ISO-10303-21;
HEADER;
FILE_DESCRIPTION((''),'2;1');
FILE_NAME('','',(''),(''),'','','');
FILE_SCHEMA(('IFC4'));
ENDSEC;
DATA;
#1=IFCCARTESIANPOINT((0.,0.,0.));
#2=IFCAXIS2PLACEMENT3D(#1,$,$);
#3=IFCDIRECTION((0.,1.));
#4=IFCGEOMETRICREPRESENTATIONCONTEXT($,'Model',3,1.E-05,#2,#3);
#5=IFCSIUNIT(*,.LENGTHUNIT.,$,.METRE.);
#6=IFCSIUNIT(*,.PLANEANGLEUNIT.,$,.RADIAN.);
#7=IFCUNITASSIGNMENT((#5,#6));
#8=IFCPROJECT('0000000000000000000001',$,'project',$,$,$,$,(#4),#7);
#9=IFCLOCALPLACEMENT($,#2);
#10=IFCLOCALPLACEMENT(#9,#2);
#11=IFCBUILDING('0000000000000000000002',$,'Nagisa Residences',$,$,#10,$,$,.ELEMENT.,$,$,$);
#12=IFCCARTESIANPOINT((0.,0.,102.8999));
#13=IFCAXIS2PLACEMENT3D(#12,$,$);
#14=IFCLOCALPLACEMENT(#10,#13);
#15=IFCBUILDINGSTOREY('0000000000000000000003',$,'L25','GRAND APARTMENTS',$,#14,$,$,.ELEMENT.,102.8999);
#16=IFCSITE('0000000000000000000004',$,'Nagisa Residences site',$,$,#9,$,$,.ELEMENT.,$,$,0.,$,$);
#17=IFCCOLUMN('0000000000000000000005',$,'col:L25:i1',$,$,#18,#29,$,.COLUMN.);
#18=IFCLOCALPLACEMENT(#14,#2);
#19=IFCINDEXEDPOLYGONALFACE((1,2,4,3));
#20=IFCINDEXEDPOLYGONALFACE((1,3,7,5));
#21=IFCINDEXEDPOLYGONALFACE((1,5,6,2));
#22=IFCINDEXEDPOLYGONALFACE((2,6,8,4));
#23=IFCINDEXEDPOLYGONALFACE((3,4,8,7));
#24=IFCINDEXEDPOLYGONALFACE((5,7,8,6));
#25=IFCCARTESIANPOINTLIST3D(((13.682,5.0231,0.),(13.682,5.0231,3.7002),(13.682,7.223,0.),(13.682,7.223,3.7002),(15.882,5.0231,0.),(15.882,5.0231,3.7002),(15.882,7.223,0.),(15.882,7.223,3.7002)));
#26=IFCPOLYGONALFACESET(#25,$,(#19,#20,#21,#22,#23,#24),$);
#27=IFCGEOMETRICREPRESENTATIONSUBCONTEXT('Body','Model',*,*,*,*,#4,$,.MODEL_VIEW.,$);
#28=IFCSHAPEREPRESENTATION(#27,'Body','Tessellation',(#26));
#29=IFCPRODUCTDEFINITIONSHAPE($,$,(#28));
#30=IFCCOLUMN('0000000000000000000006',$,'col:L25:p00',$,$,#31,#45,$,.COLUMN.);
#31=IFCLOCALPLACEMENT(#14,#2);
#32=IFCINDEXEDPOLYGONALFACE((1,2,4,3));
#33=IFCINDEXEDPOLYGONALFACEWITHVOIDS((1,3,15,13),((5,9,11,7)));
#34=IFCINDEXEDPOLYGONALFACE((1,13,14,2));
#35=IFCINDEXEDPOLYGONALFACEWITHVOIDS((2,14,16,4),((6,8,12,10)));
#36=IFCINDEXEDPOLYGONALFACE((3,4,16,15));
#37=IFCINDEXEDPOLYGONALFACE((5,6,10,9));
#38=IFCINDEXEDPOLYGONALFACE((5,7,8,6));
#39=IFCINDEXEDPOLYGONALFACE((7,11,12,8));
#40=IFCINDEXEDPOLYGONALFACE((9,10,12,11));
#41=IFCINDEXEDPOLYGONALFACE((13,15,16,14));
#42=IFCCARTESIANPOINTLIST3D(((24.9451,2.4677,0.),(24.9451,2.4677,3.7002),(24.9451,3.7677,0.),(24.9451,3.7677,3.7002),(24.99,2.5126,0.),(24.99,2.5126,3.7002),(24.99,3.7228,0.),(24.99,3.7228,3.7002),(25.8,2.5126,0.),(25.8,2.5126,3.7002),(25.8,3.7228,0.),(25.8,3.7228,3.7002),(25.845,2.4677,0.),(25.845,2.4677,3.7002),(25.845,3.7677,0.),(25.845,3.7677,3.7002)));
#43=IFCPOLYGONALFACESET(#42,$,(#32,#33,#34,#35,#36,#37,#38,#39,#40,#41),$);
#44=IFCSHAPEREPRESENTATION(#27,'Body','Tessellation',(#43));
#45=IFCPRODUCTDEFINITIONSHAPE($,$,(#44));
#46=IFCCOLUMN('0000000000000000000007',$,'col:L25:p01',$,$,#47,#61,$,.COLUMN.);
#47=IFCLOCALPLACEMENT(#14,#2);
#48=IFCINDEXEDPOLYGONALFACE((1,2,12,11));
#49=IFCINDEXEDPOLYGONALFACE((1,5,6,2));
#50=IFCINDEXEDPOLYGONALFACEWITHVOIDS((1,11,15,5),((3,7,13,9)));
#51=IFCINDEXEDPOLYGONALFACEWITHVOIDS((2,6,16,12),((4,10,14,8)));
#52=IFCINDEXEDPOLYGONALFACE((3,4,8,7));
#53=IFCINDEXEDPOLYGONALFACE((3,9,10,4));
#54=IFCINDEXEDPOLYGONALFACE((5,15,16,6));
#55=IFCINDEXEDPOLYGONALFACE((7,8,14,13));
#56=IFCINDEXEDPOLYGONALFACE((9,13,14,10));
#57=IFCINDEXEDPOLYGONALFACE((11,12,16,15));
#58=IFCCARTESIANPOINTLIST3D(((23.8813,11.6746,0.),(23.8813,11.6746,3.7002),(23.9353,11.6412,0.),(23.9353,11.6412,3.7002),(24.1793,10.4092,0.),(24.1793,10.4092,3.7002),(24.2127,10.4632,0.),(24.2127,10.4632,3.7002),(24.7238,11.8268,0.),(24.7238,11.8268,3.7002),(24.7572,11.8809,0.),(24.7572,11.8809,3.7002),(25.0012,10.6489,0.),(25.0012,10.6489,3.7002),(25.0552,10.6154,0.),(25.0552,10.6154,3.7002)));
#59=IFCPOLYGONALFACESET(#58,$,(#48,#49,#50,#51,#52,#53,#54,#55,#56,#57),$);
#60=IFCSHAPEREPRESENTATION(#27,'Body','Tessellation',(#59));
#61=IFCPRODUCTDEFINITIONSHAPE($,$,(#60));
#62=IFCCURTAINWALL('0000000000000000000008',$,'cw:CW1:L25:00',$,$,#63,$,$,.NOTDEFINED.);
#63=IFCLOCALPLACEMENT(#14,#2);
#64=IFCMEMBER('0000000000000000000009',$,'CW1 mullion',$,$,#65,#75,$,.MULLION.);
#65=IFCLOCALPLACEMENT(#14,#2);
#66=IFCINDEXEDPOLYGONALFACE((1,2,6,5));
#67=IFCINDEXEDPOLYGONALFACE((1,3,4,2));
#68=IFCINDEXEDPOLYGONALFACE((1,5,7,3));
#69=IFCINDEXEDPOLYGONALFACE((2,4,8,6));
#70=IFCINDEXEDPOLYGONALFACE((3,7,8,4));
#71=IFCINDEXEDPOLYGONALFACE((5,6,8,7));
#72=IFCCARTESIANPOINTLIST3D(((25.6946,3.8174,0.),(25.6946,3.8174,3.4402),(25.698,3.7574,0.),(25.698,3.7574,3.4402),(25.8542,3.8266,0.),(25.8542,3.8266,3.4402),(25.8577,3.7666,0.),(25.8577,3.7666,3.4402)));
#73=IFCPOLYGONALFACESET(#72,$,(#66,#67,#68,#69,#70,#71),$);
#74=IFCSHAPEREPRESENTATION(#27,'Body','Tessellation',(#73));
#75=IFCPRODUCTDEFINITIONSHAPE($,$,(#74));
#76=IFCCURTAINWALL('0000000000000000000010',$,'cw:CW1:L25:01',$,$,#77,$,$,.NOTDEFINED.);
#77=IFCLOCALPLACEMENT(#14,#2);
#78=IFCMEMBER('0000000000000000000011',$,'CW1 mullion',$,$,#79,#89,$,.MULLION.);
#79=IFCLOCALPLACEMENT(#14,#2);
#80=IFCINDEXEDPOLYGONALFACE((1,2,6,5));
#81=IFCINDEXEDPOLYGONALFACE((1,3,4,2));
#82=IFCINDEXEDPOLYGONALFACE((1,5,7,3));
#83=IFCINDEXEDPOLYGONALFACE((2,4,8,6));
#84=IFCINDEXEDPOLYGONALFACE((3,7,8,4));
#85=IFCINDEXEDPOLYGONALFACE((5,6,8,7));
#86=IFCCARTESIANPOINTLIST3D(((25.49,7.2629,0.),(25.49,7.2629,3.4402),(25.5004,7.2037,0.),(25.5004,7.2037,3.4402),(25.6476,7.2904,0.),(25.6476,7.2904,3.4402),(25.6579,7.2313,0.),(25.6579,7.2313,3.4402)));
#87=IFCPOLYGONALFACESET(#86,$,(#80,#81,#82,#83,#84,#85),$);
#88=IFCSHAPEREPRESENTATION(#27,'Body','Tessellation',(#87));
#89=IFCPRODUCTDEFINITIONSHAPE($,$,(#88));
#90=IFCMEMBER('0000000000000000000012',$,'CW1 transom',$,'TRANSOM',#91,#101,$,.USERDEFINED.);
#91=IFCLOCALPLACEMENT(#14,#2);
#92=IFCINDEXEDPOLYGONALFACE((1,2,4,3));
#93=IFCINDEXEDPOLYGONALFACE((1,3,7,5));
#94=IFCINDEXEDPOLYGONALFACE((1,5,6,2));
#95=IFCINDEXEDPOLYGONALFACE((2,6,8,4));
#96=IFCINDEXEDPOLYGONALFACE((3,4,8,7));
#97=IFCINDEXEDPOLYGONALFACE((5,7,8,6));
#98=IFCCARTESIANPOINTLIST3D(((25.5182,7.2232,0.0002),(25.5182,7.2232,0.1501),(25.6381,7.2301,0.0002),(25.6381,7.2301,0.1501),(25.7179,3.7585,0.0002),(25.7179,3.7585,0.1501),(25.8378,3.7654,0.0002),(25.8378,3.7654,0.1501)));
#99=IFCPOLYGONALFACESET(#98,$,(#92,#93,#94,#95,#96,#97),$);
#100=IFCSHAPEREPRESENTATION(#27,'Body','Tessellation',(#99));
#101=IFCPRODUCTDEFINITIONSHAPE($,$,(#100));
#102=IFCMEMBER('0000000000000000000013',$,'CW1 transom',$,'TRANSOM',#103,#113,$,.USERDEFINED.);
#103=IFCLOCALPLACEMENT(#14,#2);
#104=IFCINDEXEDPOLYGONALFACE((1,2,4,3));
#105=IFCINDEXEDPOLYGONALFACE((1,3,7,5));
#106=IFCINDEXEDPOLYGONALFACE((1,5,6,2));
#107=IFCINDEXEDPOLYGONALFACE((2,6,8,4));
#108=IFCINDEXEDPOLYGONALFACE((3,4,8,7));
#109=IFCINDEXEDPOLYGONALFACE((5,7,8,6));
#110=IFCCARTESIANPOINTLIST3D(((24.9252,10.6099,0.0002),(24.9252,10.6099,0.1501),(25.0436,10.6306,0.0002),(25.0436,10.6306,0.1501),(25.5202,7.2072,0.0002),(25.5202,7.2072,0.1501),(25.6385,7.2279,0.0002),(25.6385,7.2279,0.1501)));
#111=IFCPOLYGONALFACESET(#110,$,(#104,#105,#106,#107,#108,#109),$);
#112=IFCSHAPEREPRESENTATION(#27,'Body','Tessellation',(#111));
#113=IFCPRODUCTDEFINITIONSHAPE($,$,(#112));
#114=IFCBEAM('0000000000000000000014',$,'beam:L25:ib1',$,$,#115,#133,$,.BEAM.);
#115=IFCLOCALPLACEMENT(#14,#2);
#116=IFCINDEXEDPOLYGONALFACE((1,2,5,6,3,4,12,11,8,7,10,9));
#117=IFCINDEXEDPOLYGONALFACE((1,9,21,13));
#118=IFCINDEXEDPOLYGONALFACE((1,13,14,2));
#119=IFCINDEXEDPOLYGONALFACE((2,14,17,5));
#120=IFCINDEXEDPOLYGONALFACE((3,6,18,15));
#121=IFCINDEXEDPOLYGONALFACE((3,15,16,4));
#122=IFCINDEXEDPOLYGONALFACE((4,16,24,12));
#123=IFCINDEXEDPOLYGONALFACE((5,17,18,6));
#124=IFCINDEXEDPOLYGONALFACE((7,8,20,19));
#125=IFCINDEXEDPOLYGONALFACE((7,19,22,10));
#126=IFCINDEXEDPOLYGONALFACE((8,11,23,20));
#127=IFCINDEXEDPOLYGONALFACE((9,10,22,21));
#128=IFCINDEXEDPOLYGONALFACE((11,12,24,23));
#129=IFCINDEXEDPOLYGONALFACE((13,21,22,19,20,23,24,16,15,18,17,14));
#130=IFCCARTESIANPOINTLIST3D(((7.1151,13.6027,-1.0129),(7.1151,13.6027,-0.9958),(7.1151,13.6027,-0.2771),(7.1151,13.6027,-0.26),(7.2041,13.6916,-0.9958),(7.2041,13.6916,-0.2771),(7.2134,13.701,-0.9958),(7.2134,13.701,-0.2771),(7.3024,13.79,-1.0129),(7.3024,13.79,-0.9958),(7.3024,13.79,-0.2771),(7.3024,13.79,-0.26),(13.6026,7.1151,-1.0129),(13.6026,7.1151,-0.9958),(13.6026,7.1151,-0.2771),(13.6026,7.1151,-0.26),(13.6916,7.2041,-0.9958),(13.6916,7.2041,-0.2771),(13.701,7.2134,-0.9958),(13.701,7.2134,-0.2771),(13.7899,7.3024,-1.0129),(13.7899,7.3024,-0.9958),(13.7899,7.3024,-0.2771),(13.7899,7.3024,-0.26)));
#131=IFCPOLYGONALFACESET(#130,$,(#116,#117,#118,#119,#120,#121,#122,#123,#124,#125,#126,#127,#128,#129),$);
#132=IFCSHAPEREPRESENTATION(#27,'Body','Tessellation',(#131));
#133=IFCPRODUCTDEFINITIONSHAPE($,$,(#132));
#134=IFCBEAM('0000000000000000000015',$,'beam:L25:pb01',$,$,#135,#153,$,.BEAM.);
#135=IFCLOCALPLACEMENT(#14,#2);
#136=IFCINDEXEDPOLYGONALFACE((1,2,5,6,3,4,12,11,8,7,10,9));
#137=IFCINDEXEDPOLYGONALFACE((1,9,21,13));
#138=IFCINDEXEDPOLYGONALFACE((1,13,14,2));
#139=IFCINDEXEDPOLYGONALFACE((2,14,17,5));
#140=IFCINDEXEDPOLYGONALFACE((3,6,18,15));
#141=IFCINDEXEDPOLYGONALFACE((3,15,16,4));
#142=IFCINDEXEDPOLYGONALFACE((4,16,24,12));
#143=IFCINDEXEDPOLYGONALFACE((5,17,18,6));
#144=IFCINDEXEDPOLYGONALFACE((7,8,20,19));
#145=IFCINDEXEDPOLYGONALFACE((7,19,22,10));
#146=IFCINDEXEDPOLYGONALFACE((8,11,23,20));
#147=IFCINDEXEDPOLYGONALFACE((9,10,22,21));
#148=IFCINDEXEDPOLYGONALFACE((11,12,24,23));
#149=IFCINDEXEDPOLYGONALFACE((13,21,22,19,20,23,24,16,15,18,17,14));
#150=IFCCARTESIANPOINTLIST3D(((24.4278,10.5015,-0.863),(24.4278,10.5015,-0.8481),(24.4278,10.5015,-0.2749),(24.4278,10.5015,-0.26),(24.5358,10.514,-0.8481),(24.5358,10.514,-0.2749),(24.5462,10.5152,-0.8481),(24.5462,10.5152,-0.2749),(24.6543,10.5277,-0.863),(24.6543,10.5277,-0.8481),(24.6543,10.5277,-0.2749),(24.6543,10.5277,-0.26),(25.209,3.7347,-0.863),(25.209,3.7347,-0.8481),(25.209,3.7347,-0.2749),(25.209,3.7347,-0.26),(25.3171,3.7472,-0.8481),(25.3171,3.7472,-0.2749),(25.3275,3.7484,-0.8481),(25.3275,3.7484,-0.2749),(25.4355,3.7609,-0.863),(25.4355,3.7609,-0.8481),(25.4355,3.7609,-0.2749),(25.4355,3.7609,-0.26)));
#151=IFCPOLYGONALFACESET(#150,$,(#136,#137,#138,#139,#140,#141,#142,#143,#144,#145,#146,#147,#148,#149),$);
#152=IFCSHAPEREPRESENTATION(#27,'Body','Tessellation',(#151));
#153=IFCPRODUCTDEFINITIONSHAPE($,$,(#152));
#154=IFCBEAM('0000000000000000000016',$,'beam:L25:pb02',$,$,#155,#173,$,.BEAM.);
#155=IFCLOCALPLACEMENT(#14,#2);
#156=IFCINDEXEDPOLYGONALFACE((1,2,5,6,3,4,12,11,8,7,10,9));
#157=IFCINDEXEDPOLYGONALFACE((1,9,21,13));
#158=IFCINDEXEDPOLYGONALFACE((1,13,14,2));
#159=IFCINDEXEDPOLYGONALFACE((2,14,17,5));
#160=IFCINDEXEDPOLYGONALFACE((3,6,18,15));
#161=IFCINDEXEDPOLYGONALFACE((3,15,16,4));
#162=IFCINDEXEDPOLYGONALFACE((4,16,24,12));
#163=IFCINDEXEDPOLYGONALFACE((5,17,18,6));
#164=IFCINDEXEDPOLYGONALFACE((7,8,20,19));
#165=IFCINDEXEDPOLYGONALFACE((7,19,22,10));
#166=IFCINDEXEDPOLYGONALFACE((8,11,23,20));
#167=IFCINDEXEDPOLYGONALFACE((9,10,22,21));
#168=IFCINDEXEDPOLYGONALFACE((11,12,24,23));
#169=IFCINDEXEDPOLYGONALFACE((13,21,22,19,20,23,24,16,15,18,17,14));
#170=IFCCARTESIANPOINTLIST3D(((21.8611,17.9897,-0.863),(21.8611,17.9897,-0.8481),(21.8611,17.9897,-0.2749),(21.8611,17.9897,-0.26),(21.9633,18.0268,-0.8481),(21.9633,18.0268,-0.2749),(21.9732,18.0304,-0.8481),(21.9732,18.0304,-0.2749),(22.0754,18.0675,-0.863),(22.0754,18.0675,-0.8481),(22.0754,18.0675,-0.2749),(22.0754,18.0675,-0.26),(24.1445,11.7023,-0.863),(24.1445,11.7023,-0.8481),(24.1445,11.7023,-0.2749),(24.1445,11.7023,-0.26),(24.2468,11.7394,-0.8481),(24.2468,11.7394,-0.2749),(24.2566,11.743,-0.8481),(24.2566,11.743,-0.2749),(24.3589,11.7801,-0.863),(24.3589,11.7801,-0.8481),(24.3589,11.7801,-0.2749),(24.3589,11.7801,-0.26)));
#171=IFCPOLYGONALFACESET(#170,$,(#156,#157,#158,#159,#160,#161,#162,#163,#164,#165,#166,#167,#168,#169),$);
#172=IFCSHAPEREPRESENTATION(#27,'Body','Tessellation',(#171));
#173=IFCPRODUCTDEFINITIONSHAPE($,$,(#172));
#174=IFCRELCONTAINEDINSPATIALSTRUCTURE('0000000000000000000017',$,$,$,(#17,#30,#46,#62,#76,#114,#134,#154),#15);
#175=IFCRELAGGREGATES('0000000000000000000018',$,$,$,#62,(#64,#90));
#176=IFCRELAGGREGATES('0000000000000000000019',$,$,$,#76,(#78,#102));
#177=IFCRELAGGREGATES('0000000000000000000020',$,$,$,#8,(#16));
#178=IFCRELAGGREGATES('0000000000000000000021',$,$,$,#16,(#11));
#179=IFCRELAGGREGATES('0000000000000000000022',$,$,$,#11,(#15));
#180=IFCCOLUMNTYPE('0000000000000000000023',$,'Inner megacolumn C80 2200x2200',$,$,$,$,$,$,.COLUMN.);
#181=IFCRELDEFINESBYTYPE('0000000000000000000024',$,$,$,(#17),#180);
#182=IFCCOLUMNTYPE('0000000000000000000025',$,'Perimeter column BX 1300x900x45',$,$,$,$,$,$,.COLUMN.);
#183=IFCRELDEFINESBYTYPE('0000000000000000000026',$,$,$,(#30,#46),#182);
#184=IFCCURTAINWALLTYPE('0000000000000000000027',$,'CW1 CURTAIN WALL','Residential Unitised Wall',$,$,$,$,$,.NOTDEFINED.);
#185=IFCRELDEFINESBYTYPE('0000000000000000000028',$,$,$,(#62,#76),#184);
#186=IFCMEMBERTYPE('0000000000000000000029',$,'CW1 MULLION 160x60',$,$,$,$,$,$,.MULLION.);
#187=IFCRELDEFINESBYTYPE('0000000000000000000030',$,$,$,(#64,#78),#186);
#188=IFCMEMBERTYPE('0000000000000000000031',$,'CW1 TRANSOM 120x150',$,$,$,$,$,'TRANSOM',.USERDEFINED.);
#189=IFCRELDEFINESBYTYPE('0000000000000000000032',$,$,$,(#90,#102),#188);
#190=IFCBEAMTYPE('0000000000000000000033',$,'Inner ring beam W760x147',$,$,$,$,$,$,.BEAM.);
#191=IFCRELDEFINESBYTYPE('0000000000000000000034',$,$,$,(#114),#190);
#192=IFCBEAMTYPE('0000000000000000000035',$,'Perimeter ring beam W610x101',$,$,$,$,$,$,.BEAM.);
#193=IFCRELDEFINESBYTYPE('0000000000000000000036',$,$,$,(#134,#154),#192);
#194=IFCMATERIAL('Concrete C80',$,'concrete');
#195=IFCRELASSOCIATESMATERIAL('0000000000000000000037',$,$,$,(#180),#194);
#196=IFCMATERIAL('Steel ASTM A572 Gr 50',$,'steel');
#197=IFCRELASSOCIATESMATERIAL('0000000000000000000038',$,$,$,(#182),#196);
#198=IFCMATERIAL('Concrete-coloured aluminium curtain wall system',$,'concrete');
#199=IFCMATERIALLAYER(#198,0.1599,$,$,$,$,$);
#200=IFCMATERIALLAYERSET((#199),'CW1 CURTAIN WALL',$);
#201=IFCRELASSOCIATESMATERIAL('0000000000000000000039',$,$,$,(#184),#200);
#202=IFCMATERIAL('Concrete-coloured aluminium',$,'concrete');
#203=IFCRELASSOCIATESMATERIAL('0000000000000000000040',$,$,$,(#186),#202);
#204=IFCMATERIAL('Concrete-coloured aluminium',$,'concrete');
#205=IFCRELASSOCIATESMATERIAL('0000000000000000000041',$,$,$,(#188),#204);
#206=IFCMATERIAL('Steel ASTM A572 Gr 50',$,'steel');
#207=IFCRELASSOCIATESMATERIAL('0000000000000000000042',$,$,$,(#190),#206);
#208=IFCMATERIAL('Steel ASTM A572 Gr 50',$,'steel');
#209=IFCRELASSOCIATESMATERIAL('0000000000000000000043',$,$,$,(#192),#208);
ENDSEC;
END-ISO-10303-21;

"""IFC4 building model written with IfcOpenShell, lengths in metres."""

from ifc_helpers import new_model, si_unit, direction, frame, origin, origin_2d, place, context, subcontext, project, spatial, rectangle, hollow_rectangle, i_section, extrude, material, layer, layer_set, material_profile, profile_set, type_object, element, aggregate, save


model = new_model("IFC4")

# Units and contexts
model_context = context("Model", 3, precision=1e-05, world=origin(), true_north=direction((0.0, 1.0)))
body_context = subcontext(model_context, "Body", "Model", "MODEL_VIEW")
ifc_project = project(units=[si_unit("LENGTHUNIT", "METRE"), si_unit("PLANEANGLEUNIT", "RADIAN")], contexts=[model_context])

# Site, building, storey
site_placement = place(None, origin())
site = spatial("IfcSite", under=ifc_project, at=site_placement, Name="Nagisa Residences site", CompositionType="ELEMENT", RefElevation=0.0)
building_placement = place(site_placement, origin())
building = spatial("IfcBuilding", under=site, at=building_placement, Name="Nagisa Residences", CompositionType="ELEMENT")
storey_placement = place(building_placement, frame((0.0, 0.0, 102.8999)))
storey = spatial("IfcBuildingStorey", under=building, at=storey_placement, Name="L25", Description="GRAND APARTMENTS", CompositionType="ELEMENT", Elevation=102.8999)

# Columns
ifc_material_1 = material(Name="Concrete C80", Category="concrete")
ifc_material_profile_1 = material_profile(ifc_material_1, rectangle(XDim=2.2, YDim=2.2, at=origin_2d()), Name="C80 2200x2200")
ifc_profile_set_1 = profile_set([ifc_material_profile_1], Name="Concrete C80")
column_type_1 = type_object("IfcColumnType", Name="Inner megacolumn C80 2200x2200", PredefinedType="COLUMN", material=ifc_profile_set_1)
column_placement = place(storey_placement, frame((14.782, 6.123, 0.0), z_axis=(0.0, 0.0, 1.0), x_axis=(1.0, 0.0, 0.0)))
element("IfcColumn", 1, at=column_placement, inside=storey, type_object=column_type_1, Name="col:L25:i1", PredefinedType="COLUMN", context=body_context, shape_type="SweptSolid", body=[
    extrude(rectangle(XDim=2.2, YDim=2.2, at=origin_2d()), origin(), (0.0, 0.0, 1.0), 3.7002),
])
ifc_material_2 = material(Name="Steel ASTM A572 Gr 50", Category="steel")
ifc_material_profile_2 = material_profile(ifc_material_2, hollow_rectangle(XDim=1.3, YDim=0.8999, WallThickness=0.0449, at=origin_2d()), Name="BX 1300x900x45")
ifc_profile_set_2 = profile_set([ifc_material_profile_2], Name="Steel ASTM A572 Gr 50")
column_type_2 = type_object("IfcColumnType", Name="Perimeter column BX 1300x900x45", PredefinedType="COLUMN", material=ifc_profile_set_2)
for number, where, z_axis, x_axis, name in (
    (2, (25.395, 3.1177, 0.0), (0.0, 0.0, 1.0), (0.0, 1.0, 0.0), "col:L25:p00"),
    (3, (24.4683, 11.145, 0.0), (0.0, 0.0, 1.0), (-0.229202, 0.973379, 0.0), "col:L25:p01"),
):
    element("IfcColumn", number, at=place(storey_placement, frame(where, z_axis=z_axis, x_axis=x_axis)), inside=storey, type_object=column_type_2, Name=name, PredefinedType="COLUMN", context=body_context, shape_type="SweptSolid", body=[
        extrude(hollow_rectangle(XDim=1.3, YDim=0.8999, WallThickness=0.0449, at=origin_2d()), origin(), (0.0, 0.0, 1.0), 3.7002),
    ])

# Curtain walls, members
ifc_material_3 = material(Name="Concrete-coloured aluminium curtain wall system", Category="concrete")
ifc_layer_1 = layer(ifc_material_3, 0.1599)
ifc_layer_set_1 = layer_set([ifc_layer_1], Name="CW1 CURTAIN WALL")
curtain_wall_type = type_object("IfcCurtainWallType", Name="CW1 CURTAIN WALL", Description="Residential Unitised Wall", PredefinedType="NOTDEFINED", material=ifc_layer_set_1)
curtain_wall_1_placement = place(storey_placement, origin())
curtain_wall_1 = element("IfcCurtainWall", 4, at=curtain_wall_1_placement, inside=storey, type_object=curtain_wall_type, Name="cw:CW1:L25:00", PredefinedType="NOTDEFINED")
ifc_material_4 = material(Name="Concrete-coloured aluminium", Category="concrete")
ifc_material_profile_3 = material_profile(ifc_material_4, rectangle(XDim=0.1599, YDim=0.0601, at=origin_2d()), Name="CW1 MULLION 160x60")
ifc_profile_set_3 = profile_set([ifc_material_profile_3], Name="Concrete-coloured aluminium")
member_type_1 = type_object("IfcMemberType", Name="CW1 MULLION 160x60", PredefinedType="MULLION", material=ifc_profile_set_3)
member_1_placement = place(storey_placement, frame((25.7761, 3.792, 0.0), z_axis=(0.0, 0.0, 1.0), x_axis=(-0.998345, -0.057503, 0.0)))
member_1 = element("IfcMember", 5, at=member_1_placement, type_object=member_type_1, Name="CW1 mullion", PredefinedType="MULLION", context=body_context, shape_type="SweptSolid", body=[
    extrude(rectangle(XDim=0.1599, YDim=0.0601, at=origin_2d()), origin(), (0.0, 0.0, 1.0), 3.4402),
])
curtain_wall_2_placement = place(storey_placement, origin())
curtain_wall_2 = element("IfcCurtainWall", 6, at=curtain_wall_2_placement, inside=storey, type_object=curtain_wall_type, Name="cw:CW1:L25:01", PredefinedType="NOTDEFINED")
member_2_placement = place(storey_placement, frame((25.574, 7.2471, 0.0), z_axis=(0.0, 0.0, 1.0), x_axis=(-0.985064, -0.172191, 0.0)))
member_2 = element("IfcMember", 7, at=member_2_placement, type_object=member_type_1, Name="CW1 mullion", PredefinedType="MULLION", context=body_context, shape_type="SweptSolid", body=[
    extrude(rectangle(XDim=0.1599, YDim=0.0601, at=origin_2d()), origin(), (0.0, 0.0, 1.0), 3.4402),
])

# Members
ifc_material_5 = material(Name="Concrete-coloured aluminium", Category="concrete")
ifc_material_profile_4 = material_profile(ifc_material_5, rectangle(XDim=0.1201, YDim=0.1499, at=origin_2d()), Name="CW1 TRANSOM 120x150")
ifc_profile_set_4 = profile_set([ifc_material_profile_4], Name="Concrete-coloured aluminium")
member_type_2 = type_object("IfcMemberType", Name="CW1 TRANSOM 120x150", ElementType="TRANSOM", PredefinedType="USERDEFINED", material=ifc_profile_set_4)
member_3_placement = place(storey_placement, frame((25.7778, 3.762, 0.0752), z_axis=(-0.057547, 0.998343, 0.0), x_axis=(-0.998343, -0.057547, 0.0)))
member_3 = element("IfcMember", 8, at=member_3_placement, type_object=member_type_2, Name="CW1 transom", ObjectType="TRANSOM", PredefinedType="USERDEFINED", context=body_context, shape_type="SweptSolid", body=[
    extrude(rectangle(XDim=0.1201, YDim=0.1499, at=origin_2d()), origin(), (0.0, 0.0, 1.0), 3.4705),
])
member_4_placement = place(storey_placement, frame((25.5793, 7.2175, 0.0752), z_axis=(-0.172233, 0.985056, 0.0), x_axis=(-0.985056, -0.172233, 0.0)))
member_4 = element("IfcMember", 9, at=member_4_placement, type_object=member_type_2, Name="CW1 transom", ObjectType="TRANSOM", PredefinedType="USERDEFINED", context=body_context, shape_type="SweptSolid", body=[
    extrude(rectangle(XDim=0.1201, YDim=0.1499, at=origin_2d()), origin(), (0.0, 0.0, 1.0), 3.4543),
])

# Beams
ifc_material_6 = material(Name="Steel ASTM A572 Gr 50", Category="steel")
ifc_material_profile_5 = material_profile(ifc_material_6, i_section(OverallWidth=0.2649, OverallDepth=0.7529, WebThickness=0.0132, FlangeThickness=0.0171, at=origin_2d()), Name="W760x147")
ifc_profile_set_5 = profile_set([ifc_material_profile_5], Name="Steel ASTM A572 Gr 50")
beam_type_1 = type_object("IfcBeamType", Name="Inner ring beam W760x147", PredefinedType="BEAM", material=ifc_profile_set_5)
beam_1_placement = place(storey_placement, frame((13.6963, 7.2087, -0.6365), z_axis=(-0.707107, 0.707107, 0.0), x_axis=(-0.707107, -0.707107, 0.0)))
element("IfcBeam", 10, at=beam_1_placement, inside=storey, type_object=beam_type_1, Name="beam:L25:ib1", PredefinedType="BEAM", context=body_context, shape_type="SweptSolid", body=[
    extrude(i_section(OverallWidth=0.2649, OverallDepth=0.7529, WebThickness=0.0132, FlangeThickness=0.0171, at=origin_2d()), origin(), (0.0, 0.0, 1.0), 9.1748),
])
ifc_material_7 = material(Name="Steel ASTM A572 Gr 50", Category="steel")
ifc_material_profile_6 = material_profile(ifc_material_7, i_section(OverallWidth=0.228, OverallDepth=0.603, WebThickness=0.0105, FlangeThickness=0.0149, at=origin_2d()), Name="W610x101")
ifc_profile_set_6 = profile_set([ifc_material_profile_6], Name="Steel ASTM A572 Gr 50")
beam_type_2 = type_object("IfcBeamType", Name="Perimeter ring beam W610x101", PredefinedType="BEAM", material=ifc_profile_set_6)
beam_2_placement = place(storey_placement, frame((25.3223, 3.7478, -0.5615), z_axis=(-0.114691, 0.993401, 0.0), x_axis=(-0.993401, -0.114691, 0.0)))
element("IfcBeam", 11, at=beam_2_placement, inside=storey, type_object=beam_type_2, Name="beam:L25:pb01", PredefinedType="BEAM", context=body_context, shape_type="SweptSolid", body=[
    extrude(i_section(OverallWidth=0.228, OverallDepth=0.603, WebThickness=0.0105, FlangeThickness=0.0149, at=origin_2d()), origin(), (0.0, 0.0, 1.0), 6.8118),
])
beam_3_placement = place(storey_placement, frame((24.2517, 11.7412, -0.5615), z_axis=(-0.341365, 0.939931, 0.0), x_axis=(-0.939931, -0.341365, 0.0)))
element("IfcBeam", 12, at=beam_3_placement, inside=storey, type_object=beam_type_2, Name="beam:L25:pb02", PredefinedType="BEAM", context=body_context, shape_type="SweptSolid", body=[
    extrude(i_section(OverallWidth=0.228, OverallDepth=0.603, WebThickness=0.0105, FlangeThickness=0.0149, at=origin_2d()), origin(), (0.0, 0.0, 1.0), 6.6892),
])

aggregate(curtain_wall_1, [member_1, member_3])
aggregate(curtain_wall_2, [member_2, member_4])

save(model, "model.ifc")
